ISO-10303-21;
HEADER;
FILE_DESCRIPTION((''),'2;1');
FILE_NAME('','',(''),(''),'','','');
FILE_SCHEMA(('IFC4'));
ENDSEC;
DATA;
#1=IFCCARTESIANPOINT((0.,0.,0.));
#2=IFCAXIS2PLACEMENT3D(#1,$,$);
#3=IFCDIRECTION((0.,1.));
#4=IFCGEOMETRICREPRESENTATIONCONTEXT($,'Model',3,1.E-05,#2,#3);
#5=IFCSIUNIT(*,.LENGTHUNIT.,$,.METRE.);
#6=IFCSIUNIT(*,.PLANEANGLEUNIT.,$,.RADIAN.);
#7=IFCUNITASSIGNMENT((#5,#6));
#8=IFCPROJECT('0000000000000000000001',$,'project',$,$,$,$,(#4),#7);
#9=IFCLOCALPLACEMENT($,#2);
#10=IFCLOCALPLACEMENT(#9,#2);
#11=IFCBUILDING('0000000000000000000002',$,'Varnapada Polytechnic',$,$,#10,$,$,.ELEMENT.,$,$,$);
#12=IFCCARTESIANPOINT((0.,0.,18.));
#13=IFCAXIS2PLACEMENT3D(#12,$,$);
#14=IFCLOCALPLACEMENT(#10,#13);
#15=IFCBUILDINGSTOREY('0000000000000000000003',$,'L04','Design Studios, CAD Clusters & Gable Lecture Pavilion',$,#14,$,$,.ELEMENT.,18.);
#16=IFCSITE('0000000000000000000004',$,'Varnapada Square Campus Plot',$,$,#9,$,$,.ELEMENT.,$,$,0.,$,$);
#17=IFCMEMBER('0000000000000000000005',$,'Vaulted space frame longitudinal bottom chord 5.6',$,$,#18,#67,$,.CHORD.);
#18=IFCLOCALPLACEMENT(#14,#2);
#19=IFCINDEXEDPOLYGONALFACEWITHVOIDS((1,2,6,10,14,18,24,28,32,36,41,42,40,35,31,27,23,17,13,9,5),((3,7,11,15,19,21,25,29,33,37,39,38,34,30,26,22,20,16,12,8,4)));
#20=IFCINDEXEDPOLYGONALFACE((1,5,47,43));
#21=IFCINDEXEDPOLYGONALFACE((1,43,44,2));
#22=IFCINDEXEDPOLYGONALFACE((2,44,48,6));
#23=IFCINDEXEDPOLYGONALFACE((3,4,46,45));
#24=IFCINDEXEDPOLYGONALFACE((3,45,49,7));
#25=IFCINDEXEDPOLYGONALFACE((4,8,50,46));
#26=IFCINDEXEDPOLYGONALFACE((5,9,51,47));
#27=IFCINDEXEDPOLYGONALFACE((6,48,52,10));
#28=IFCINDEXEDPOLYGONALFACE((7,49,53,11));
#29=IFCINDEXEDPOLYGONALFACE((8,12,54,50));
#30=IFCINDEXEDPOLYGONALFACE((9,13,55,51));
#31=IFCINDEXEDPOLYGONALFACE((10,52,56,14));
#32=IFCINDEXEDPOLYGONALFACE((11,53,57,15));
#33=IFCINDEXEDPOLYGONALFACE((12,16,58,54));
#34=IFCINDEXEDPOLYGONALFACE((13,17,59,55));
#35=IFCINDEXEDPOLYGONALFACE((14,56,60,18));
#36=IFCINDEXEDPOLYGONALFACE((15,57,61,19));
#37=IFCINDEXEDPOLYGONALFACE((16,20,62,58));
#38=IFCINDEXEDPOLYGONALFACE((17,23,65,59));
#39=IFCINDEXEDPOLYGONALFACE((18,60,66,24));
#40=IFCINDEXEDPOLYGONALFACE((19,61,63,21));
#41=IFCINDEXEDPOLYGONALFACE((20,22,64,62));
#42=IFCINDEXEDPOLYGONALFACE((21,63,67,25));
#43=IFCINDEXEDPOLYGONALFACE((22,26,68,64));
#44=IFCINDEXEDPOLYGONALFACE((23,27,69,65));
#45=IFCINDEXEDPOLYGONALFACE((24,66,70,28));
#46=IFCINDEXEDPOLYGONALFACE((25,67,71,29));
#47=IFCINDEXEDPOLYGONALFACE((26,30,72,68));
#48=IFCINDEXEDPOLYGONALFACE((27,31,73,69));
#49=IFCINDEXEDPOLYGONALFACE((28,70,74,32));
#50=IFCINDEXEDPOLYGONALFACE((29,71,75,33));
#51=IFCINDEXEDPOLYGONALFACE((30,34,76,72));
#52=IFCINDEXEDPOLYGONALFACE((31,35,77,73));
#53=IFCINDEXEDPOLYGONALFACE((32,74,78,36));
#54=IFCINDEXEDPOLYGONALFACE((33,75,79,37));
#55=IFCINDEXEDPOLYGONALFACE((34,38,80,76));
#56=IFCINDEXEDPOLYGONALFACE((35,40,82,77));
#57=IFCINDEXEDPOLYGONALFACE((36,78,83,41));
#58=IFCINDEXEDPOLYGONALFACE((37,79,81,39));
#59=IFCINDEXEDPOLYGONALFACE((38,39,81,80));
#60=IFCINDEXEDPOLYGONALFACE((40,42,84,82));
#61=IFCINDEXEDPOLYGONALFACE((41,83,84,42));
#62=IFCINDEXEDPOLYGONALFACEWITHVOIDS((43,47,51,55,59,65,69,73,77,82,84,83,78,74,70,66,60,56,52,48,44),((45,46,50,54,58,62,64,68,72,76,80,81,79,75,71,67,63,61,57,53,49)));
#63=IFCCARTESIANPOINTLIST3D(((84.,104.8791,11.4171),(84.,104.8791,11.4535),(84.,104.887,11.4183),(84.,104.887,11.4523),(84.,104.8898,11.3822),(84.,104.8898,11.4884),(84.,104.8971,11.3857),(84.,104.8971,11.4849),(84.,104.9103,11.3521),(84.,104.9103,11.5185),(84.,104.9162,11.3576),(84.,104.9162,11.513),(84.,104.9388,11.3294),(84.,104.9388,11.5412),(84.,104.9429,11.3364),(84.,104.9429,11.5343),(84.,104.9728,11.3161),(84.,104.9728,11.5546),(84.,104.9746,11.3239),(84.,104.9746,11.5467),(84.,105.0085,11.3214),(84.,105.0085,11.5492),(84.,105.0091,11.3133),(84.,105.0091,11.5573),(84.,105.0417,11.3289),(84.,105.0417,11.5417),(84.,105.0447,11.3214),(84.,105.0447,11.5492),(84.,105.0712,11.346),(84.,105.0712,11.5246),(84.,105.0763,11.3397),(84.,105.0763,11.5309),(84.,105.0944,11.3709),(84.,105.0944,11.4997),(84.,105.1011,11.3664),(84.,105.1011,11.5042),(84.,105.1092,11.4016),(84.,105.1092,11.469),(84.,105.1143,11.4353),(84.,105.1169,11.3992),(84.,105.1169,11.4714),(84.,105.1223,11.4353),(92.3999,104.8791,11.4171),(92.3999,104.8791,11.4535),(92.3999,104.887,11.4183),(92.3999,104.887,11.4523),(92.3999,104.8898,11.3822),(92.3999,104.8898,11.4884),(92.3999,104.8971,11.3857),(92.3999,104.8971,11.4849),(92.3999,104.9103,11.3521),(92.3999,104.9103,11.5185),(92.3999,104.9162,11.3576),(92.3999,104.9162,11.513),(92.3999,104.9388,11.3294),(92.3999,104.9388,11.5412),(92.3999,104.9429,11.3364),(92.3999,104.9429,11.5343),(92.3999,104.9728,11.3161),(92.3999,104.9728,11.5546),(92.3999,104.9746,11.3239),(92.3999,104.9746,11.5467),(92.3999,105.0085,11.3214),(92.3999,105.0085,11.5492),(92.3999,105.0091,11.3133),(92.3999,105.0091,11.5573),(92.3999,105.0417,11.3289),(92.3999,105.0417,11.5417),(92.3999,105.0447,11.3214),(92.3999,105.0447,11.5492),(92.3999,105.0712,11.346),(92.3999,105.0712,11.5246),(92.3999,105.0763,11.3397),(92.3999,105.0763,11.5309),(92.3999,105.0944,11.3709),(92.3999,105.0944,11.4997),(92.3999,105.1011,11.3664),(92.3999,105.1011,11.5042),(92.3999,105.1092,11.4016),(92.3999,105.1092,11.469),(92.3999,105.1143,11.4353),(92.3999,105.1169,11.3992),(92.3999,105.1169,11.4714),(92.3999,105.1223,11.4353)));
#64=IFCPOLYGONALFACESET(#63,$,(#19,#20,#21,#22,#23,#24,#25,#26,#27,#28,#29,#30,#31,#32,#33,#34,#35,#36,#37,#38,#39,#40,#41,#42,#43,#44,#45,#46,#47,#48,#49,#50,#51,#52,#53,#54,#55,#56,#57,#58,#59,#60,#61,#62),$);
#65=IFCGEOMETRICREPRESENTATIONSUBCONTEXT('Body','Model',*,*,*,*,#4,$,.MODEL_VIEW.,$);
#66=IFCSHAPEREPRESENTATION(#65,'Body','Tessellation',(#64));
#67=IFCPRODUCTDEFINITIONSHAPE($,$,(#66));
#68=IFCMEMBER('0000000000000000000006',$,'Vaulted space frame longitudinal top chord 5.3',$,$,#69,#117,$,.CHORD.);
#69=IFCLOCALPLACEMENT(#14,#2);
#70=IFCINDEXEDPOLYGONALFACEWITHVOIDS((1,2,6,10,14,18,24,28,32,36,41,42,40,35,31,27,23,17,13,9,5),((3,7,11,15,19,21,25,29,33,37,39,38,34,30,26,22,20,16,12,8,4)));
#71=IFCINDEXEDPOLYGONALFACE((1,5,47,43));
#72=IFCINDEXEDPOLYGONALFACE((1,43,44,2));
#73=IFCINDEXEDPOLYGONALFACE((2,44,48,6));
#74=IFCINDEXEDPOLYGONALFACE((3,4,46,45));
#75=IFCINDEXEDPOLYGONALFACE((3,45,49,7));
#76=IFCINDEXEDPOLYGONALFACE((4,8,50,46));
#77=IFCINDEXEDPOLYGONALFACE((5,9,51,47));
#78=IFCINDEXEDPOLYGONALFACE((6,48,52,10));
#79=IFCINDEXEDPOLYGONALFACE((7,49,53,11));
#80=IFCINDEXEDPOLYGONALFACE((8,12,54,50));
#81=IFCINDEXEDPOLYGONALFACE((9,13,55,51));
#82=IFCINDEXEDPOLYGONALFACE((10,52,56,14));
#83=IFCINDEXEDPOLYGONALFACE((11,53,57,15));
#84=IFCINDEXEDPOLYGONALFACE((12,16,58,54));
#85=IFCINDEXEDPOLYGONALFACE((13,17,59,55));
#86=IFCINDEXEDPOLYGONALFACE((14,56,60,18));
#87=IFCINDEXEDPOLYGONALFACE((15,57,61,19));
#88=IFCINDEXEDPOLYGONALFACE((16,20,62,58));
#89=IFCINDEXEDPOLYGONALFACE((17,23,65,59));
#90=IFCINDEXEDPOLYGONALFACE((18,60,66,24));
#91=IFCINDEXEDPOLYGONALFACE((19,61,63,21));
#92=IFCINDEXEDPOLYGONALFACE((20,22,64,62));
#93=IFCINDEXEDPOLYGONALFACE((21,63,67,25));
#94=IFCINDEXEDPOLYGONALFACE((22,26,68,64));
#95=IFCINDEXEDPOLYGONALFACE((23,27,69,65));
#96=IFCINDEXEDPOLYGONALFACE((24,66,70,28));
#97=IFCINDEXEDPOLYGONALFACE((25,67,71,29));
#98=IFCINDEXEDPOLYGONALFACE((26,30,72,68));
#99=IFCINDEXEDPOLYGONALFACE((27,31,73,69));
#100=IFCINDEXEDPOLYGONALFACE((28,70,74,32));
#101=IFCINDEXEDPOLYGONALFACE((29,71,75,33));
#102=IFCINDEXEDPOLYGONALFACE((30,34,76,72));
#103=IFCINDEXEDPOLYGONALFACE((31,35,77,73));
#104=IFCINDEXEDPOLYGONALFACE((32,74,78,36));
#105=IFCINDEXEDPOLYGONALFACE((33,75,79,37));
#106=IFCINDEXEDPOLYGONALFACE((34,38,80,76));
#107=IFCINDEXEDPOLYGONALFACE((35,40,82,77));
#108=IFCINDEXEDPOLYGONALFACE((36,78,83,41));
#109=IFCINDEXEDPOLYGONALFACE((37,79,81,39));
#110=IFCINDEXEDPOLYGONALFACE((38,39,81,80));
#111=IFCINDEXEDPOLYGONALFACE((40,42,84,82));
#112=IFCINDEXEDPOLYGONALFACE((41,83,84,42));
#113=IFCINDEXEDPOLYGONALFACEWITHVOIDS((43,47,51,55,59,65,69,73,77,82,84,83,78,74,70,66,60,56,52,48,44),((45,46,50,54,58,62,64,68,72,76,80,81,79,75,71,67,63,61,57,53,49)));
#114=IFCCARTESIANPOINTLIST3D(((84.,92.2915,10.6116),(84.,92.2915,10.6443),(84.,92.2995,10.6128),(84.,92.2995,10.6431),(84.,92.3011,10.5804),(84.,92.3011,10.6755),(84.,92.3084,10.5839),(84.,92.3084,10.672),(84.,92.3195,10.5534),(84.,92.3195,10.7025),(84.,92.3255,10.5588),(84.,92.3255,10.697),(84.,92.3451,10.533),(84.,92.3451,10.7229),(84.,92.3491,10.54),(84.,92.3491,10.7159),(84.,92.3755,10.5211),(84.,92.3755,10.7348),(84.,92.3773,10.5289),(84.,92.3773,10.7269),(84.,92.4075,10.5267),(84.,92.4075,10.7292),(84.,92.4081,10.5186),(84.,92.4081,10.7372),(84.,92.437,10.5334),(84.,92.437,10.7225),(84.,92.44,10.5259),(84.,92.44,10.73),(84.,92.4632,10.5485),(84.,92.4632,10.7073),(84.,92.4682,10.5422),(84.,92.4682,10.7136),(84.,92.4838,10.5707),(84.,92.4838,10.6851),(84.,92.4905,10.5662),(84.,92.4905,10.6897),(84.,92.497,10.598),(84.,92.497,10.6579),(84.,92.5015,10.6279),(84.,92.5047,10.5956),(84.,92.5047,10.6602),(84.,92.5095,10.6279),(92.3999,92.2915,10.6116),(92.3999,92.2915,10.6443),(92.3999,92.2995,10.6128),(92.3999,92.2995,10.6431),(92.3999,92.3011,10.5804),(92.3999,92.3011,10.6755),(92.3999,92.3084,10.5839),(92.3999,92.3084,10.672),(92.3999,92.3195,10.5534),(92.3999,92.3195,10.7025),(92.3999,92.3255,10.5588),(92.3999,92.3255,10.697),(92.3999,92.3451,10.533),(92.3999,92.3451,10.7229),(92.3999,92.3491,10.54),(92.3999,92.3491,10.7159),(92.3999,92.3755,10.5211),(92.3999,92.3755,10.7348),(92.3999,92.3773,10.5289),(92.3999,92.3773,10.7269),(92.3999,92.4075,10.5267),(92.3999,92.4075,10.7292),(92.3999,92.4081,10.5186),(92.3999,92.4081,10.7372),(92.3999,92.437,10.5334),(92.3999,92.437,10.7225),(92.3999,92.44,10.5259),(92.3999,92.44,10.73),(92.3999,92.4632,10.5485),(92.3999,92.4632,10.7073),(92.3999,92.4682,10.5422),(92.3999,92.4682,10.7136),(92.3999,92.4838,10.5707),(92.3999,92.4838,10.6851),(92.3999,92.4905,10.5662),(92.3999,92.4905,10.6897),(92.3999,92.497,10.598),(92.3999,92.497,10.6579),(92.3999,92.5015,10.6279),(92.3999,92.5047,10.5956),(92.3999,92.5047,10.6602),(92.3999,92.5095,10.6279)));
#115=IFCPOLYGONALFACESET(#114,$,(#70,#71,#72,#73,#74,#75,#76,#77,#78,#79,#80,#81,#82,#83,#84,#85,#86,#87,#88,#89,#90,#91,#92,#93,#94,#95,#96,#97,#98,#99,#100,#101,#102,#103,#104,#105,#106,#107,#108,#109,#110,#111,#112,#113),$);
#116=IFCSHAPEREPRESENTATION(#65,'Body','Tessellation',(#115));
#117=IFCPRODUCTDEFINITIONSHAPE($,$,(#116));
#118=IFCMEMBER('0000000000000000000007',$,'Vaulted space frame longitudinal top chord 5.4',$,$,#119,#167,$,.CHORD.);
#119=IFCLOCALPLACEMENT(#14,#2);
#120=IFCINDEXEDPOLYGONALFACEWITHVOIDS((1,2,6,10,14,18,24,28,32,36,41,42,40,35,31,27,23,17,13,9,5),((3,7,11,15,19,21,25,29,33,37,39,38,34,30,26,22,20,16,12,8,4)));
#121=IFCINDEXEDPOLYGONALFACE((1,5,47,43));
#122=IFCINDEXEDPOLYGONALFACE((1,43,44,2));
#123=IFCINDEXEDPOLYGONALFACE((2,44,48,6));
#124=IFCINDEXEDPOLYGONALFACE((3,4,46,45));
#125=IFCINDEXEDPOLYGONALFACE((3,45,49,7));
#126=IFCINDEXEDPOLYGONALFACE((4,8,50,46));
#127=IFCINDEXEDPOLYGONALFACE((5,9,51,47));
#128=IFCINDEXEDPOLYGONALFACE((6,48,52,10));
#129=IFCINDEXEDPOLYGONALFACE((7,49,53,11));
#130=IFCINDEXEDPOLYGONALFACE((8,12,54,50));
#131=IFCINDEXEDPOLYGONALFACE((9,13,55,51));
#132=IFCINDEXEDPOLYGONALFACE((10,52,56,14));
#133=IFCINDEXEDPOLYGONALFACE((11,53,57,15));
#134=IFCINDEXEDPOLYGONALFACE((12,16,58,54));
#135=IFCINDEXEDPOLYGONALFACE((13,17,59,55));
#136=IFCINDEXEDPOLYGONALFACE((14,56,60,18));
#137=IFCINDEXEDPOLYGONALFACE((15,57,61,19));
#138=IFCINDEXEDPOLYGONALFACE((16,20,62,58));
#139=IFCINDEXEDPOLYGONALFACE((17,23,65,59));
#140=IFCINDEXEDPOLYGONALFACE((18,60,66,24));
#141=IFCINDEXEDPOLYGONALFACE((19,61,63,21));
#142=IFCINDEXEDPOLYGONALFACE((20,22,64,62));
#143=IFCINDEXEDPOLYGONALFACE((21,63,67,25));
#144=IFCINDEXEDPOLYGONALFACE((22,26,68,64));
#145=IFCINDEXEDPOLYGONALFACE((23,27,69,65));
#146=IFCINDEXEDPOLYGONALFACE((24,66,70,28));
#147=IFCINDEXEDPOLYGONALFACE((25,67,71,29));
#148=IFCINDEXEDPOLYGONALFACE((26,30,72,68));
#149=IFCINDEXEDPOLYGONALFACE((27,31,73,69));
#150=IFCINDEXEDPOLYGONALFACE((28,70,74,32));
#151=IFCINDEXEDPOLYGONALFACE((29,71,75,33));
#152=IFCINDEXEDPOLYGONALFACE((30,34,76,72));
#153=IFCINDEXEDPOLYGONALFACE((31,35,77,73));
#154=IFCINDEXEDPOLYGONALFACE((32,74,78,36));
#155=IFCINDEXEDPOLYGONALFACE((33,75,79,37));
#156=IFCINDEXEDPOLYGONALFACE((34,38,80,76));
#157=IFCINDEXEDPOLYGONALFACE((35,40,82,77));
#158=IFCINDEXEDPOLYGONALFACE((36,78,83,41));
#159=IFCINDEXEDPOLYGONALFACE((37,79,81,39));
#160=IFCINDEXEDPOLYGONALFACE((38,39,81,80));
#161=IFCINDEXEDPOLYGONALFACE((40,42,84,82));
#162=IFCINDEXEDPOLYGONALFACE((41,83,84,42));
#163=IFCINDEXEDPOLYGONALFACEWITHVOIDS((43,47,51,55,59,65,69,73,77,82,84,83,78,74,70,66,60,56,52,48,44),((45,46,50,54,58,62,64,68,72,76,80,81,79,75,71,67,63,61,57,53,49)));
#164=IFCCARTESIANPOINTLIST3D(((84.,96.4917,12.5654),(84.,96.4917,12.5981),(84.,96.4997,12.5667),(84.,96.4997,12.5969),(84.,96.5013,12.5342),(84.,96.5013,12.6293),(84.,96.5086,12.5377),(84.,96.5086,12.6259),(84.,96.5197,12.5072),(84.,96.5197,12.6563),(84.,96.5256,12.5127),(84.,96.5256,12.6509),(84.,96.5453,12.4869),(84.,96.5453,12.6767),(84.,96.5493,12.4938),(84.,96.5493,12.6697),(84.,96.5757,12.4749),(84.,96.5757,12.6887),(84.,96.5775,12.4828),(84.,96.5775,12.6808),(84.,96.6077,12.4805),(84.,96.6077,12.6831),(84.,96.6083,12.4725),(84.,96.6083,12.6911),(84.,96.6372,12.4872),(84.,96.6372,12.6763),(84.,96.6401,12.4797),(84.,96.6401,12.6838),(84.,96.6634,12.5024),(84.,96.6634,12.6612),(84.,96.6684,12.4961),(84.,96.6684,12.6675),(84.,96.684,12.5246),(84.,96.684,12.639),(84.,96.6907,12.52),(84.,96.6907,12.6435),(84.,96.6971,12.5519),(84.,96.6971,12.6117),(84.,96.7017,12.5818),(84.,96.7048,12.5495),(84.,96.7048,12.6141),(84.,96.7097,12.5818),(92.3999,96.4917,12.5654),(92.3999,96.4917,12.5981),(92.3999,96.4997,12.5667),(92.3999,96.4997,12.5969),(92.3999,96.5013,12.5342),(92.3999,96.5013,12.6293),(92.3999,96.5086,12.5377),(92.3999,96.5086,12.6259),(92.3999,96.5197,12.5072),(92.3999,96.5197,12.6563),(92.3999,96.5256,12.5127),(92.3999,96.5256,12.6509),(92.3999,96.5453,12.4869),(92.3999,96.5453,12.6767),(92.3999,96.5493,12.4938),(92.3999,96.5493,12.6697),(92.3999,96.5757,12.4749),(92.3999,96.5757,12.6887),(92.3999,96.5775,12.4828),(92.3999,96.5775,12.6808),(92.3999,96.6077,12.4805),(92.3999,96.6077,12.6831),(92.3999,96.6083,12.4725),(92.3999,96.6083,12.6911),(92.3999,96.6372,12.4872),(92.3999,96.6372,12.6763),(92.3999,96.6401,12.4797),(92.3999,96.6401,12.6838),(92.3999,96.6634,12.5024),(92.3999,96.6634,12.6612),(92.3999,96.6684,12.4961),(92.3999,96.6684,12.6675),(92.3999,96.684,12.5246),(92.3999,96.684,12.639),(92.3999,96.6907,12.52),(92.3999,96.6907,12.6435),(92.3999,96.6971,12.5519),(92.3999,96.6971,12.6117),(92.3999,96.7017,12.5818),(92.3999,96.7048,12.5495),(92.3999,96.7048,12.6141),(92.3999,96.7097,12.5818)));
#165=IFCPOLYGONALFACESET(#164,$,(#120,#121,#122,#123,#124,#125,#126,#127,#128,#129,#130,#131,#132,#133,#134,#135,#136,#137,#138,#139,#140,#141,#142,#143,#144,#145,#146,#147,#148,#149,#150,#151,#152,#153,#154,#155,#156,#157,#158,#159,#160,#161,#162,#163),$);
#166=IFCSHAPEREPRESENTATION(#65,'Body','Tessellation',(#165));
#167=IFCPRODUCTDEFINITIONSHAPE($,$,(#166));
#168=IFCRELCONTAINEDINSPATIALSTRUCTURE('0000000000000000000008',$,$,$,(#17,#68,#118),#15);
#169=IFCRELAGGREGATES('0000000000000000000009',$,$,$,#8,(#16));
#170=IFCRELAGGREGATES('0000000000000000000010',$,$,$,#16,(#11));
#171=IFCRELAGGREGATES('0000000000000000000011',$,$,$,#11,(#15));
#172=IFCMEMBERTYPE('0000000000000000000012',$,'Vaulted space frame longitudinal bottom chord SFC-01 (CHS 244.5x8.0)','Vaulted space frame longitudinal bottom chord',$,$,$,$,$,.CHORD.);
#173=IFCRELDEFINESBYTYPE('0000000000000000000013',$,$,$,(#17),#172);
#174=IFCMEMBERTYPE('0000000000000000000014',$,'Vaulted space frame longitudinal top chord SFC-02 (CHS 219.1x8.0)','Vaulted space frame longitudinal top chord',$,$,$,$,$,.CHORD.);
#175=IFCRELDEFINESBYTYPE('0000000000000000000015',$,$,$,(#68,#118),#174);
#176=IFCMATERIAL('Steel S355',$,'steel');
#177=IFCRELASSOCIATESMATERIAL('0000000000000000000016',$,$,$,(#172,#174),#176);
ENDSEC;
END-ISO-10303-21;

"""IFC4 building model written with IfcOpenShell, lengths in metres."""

from ifc_helpers import new_model, si_unit, direction, frame, origin, origin_2d, place, context, subcontext, project, spatial, hollow_circle, extrude, material, material_profile, profile_set, type_object, element, save


model = new_model("IFC4")

# Units and contexts
model_context = context("Model", 3, precision=1e-05, world=origin(), true_north=direction((0.0, 1.0)))
body_context = subcontext(model_context, "Body", "Model", "MODEL_VIEW")
ifc_project = project(units=[si_unit("LENGTHUNIT", "METRE"), si_unit("PLANEANGLEUNIT", "RADIAN")], contexts=[model_context])

# Site, building, storey
site_placement = place(None, origin())
site = spatial("IfcSite", under=ifc_project, at=site_placement, Name="Varnapada Square Campus Plot", CompositionType="ELEMENT", RefElevation=0.0)
building_placement = place(site_placement, origin())
building = spatial("IfcBuilding", under=site, at=building_placement, Name="Varnapada Polytechnic", CompositionType="ELEMENT")
storey_placement = place(building_placement, frame((0.0, 0.0, 18.0)))
storey = spatial("IfcBuildingStorey", under=building, at=storey_placement, Name="L04", Description="Design Studios, CAD Clusters & Gable Lecture Pavilion", CompositionType="ELEMENT", Elevation=18.0)

# Members
ifc_material = material(Name="Steel S355", Category="steel")
ifc_material_profile_1 = material_profile(ifc_material, hollow_circle(Radius=0.1223, WallThickness=0.0081, at=origin_2d()), Name="CHS 244.5x8.0")
ifc_profile_set_1 = profile_set([ifc_material_profile_1], Name="Steel S355")
member_type_1 = type_object("IfcMemberType", Name="Vaulted space frame longitudinal bottom chord SFC-01 (CHS 244.5x8.0)", Description="Vaulted space frame longitudinal bottom chord", PredefinedType="CHORD", material=ifc_profile_set_1)
for number, where, z_axis, x_axis, name in (
    (1, (84.0, 105.0, 11.4353), (1.0, 0.0, 0.0), (0.0, 1.0, 0.0), "Vaulted space frame longitudinal bottom chord 5.6"),
):
    element("IfcMember", number, at=place(storey_placement, frame(where, z_axis=z_axis, x_axis=x_axis)), inside=storey, type_object=member_type_1, Name=name, PredefinedType="CHORD", context=body_context, shape_type="SweptSolid", body=[
        extrude(hollow_circle(Radius=0.1223, WallThickness=0.0081, at=origin_2d()), origin(), (0.0, 0.0, 1.0), 8.3999),
    ])
ifc_material_profile_2 = material_profile(ifc_material, hollow_circle(Radius=0.1096, WallThickness=0.0081, at=origin_2d()), Name="CHS 219.1x8.0")
ifc_profile_set_2 = profile_set([ifc_material_profile_2], Name="Steel S355")
member_type_2 = type_object("IfcMemberType", Name="Vaulted space frame longitudinal top chord SFC-02 (CHS 219.1x8.0)", Description="Vaulted space frame longitudinal top chord", PredefinedType="CHORD", material=ifc_profile_set_2)
for number, where, z_axis, x_axis, name in (
    (2, (84.0, 92.3999, 10.6279), (1.0, 0.0, 0.0), (0.0, 1.0, 0.0), "Vaulted space frame longitudinal top chord 5.3"),
    (3, (84.0, 96.6001, 12.5818), (1.0, 0.0, 0.0), (0.0, 1.0, 0.0), "Vaulted space frame longitudinal top chord 5.4"),
):
    element("IfcMember", number, at=place(storey_placement, frame(where, z_axis=z_axis, x_axis=x_axis)), inside=storey, type_object=member_type_2, Name=name, PredefinedType="CHORD", context=body_context, shape_type="SweptSolid", body=[
        extrude(hollow_circle(Radius=0.1096, WallThickness=0.0081, at=origin_2d()), origin(), (0.0, 0.0, 1.0), 8.3999),
    ])

save(model, "model.ifc")
